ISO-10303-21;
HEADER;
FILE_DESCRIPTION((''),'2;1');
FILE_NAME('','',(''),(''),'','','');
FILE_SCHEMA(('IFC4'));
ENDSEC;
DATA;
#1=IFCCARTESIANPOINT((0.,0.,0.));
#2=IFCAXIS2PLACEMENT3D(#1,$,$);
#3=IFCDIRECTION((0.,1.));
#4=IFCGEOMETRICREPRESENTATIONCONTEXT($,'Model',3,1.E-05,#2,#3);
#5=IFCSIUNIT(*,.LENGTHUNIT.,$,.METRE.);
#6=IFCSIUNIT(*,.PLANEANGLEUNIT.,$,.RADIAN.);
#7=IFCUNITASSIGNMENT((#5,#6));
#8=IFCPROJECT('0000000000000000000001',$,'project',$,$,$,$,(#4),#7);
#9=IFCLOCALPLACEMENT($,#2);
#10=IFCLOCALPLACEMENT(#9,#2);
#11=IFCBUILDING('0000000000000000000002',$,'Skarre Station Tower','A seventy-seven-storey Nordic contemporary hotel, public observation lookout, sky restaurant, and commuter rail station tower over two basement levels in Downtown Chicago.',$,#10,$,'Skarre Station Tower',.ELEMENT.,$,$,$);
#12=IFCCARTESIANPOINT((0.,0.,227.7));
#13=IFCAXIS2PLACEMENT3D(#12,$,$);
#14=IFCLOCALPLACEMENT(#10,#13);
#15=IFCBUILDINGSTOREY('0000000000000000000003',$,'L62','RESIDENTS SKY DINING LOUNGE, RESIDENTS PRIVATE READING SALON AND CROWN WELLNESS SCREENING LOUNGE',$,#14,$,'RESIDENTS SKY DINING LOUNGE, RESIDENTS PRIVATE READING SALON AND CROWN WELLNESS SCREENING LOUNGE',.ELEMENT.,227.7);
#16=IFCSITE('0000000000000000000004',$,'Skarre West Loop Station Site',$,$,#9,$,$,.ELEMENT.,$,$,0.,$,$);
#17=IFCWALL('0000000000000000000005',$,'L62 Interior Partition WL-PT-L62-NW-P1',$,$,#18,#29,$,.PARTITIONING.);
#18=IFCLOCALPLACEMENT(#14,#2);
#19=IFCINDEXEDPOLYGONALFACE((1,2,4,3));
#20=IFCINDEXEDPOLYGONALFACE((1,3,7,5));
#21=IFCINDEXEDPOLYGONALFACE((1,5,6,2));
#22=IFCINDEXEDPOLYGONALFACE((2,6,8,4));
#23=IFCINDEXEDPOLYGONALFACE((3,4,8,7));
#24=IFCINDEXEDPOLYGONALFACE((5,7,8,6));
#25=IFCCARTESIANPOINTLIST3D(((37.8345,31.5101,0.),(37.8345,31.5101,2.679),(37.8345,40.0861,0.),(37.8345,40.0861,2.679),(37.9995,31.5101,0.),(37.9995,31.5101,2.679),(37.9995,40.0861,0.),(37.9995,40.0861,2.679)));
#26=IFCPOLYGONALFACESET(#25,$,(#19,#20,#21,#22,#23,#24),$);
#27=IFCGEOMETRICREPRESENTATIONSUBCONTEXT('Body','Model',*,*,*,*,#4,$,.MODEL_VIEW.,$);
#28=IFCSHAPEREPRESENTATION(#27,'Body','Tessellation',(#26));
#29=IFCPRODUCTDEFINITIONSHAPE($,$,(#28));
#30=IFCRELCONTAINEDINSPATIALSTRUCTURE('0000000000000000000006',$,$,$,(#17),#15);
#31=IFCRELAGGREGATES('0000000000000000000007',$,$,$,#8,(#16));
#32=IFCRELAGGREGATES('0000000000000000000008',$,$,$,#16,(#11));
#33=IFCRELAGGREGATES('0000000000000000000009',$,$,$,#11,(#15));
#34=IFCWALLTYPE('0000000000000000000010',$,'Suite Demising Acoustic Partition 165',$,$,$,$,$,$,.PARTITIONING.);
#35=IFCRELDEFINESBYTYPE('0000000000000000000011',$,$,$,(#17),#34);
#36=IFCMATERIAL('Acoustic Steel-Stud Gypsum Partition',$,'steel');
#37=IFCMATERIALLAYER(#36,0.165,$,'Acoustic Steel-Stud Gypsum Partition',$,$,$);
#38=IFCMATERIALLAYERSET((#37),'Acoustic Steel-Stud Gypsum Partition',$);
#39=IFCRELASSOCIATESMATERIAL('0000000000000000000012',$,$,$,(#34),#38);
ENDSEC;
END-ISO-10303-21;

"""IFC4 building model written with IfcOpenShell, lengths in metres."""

from ifc_helpers import new_model, si_unit, direction, frame, frame_2d, origin, place, context, subcontext, project, spatial, rectangle, extrude, material, layer, layer_set, type_object, element, save


model = new_model("IFC4")

# Units and contexts
model_context = context("Model", 3, precision=1e-05, world=origin(), true_north=direction((0.0, 1.0)))
body_context = subcontext(model_context, "Body", "Model", "MODEL_VIEW")
ifc_project = project(units=[si_unit("LENGTHUNIT", "METRE"), si_unit("PLANEANGLEUNIT", "RADIAN")], contexts=[model_context])

# Site, building, storey
site_placement = place(None, origin())
site = spatial("IfcSite", under=ifc_project, at=site_placement, Name="Skarre West Loop Station Site", CompositionType="ELEMENT", RefElevation=0.0)
building_placement = place(site_placement, origin())
building = spatial("IfcBuilding", under=site, at=building_placement, Name="Skarre Station Tower", Description="A seventy-seven-storey Nordic contemporary hotel, public observation lookout, sky restaurant, and commuter rail station tower over two basement levels in Downtown Chicago.", LongName="Skarre Station Tower", CompositionType="ELEMENT")
storey_placement = place(building_placement, frame((0.0, 0.0, 227.7)))
storey = spatial("IfcBuildingStorey", under=building, at=storey_placement, Name="L62", Description="RESIDENTS SKY DINING LOUNGE, RESIDENTS PRIVATE READING SALON AND CROWN WELLNESS SCREENING LOUNGE", LongName="RESIDENTS SKY DINING LOUNGE, RESIDENTS PRIVATE READING SALON AND CROWN WELLNESS SCREENING LOUNGE", CompositionType="ELEMENT", Elevation=227.7)

# Shared definitions
ifc_material_1 = material(Name="Acoustic Steel-Stud Gypsum Partition", Category="steel")

# Wall
ifc_layer_1 = layer(ifc_material_1, 0.165, Name="Acoustic Steel-Stud Gypsum Partition")
ifc_layer_set_1 = layer_set([ifc_layer_1], Name="Acoustic Steel-Stud Gypsum Partition")
wall_type_1 = type_object("IfcWallType", Name="Suite Demising Acoustic Partition 165", PredefinedType="PARTITIONING", material=ifc_layer_set_1)
wall_1_placement = place(storey_placement, frame((37.917, 31.51, 0.0), z_axis=(0.0, 0.0, 1.0), x_axis=(0.0, 1.0, 0.0)))
element("IfcWall", 1, at=wall_1_placement, inside=storey, type_object=wall_type_1, Name="L62 Interior Partition WL-PT-L62-NW-P1", PredefinedType="PARTITIONING", context=body_context, shape_type="SweptSolid", body=[
    extrude(rectangle(XDim=8.5759, YDim=0.165, at=frame_2d((4.2881, 0.0))), origin(), (0.0, 0.0, 1.0), 2.679),
])

save(model, "model.ifc")
